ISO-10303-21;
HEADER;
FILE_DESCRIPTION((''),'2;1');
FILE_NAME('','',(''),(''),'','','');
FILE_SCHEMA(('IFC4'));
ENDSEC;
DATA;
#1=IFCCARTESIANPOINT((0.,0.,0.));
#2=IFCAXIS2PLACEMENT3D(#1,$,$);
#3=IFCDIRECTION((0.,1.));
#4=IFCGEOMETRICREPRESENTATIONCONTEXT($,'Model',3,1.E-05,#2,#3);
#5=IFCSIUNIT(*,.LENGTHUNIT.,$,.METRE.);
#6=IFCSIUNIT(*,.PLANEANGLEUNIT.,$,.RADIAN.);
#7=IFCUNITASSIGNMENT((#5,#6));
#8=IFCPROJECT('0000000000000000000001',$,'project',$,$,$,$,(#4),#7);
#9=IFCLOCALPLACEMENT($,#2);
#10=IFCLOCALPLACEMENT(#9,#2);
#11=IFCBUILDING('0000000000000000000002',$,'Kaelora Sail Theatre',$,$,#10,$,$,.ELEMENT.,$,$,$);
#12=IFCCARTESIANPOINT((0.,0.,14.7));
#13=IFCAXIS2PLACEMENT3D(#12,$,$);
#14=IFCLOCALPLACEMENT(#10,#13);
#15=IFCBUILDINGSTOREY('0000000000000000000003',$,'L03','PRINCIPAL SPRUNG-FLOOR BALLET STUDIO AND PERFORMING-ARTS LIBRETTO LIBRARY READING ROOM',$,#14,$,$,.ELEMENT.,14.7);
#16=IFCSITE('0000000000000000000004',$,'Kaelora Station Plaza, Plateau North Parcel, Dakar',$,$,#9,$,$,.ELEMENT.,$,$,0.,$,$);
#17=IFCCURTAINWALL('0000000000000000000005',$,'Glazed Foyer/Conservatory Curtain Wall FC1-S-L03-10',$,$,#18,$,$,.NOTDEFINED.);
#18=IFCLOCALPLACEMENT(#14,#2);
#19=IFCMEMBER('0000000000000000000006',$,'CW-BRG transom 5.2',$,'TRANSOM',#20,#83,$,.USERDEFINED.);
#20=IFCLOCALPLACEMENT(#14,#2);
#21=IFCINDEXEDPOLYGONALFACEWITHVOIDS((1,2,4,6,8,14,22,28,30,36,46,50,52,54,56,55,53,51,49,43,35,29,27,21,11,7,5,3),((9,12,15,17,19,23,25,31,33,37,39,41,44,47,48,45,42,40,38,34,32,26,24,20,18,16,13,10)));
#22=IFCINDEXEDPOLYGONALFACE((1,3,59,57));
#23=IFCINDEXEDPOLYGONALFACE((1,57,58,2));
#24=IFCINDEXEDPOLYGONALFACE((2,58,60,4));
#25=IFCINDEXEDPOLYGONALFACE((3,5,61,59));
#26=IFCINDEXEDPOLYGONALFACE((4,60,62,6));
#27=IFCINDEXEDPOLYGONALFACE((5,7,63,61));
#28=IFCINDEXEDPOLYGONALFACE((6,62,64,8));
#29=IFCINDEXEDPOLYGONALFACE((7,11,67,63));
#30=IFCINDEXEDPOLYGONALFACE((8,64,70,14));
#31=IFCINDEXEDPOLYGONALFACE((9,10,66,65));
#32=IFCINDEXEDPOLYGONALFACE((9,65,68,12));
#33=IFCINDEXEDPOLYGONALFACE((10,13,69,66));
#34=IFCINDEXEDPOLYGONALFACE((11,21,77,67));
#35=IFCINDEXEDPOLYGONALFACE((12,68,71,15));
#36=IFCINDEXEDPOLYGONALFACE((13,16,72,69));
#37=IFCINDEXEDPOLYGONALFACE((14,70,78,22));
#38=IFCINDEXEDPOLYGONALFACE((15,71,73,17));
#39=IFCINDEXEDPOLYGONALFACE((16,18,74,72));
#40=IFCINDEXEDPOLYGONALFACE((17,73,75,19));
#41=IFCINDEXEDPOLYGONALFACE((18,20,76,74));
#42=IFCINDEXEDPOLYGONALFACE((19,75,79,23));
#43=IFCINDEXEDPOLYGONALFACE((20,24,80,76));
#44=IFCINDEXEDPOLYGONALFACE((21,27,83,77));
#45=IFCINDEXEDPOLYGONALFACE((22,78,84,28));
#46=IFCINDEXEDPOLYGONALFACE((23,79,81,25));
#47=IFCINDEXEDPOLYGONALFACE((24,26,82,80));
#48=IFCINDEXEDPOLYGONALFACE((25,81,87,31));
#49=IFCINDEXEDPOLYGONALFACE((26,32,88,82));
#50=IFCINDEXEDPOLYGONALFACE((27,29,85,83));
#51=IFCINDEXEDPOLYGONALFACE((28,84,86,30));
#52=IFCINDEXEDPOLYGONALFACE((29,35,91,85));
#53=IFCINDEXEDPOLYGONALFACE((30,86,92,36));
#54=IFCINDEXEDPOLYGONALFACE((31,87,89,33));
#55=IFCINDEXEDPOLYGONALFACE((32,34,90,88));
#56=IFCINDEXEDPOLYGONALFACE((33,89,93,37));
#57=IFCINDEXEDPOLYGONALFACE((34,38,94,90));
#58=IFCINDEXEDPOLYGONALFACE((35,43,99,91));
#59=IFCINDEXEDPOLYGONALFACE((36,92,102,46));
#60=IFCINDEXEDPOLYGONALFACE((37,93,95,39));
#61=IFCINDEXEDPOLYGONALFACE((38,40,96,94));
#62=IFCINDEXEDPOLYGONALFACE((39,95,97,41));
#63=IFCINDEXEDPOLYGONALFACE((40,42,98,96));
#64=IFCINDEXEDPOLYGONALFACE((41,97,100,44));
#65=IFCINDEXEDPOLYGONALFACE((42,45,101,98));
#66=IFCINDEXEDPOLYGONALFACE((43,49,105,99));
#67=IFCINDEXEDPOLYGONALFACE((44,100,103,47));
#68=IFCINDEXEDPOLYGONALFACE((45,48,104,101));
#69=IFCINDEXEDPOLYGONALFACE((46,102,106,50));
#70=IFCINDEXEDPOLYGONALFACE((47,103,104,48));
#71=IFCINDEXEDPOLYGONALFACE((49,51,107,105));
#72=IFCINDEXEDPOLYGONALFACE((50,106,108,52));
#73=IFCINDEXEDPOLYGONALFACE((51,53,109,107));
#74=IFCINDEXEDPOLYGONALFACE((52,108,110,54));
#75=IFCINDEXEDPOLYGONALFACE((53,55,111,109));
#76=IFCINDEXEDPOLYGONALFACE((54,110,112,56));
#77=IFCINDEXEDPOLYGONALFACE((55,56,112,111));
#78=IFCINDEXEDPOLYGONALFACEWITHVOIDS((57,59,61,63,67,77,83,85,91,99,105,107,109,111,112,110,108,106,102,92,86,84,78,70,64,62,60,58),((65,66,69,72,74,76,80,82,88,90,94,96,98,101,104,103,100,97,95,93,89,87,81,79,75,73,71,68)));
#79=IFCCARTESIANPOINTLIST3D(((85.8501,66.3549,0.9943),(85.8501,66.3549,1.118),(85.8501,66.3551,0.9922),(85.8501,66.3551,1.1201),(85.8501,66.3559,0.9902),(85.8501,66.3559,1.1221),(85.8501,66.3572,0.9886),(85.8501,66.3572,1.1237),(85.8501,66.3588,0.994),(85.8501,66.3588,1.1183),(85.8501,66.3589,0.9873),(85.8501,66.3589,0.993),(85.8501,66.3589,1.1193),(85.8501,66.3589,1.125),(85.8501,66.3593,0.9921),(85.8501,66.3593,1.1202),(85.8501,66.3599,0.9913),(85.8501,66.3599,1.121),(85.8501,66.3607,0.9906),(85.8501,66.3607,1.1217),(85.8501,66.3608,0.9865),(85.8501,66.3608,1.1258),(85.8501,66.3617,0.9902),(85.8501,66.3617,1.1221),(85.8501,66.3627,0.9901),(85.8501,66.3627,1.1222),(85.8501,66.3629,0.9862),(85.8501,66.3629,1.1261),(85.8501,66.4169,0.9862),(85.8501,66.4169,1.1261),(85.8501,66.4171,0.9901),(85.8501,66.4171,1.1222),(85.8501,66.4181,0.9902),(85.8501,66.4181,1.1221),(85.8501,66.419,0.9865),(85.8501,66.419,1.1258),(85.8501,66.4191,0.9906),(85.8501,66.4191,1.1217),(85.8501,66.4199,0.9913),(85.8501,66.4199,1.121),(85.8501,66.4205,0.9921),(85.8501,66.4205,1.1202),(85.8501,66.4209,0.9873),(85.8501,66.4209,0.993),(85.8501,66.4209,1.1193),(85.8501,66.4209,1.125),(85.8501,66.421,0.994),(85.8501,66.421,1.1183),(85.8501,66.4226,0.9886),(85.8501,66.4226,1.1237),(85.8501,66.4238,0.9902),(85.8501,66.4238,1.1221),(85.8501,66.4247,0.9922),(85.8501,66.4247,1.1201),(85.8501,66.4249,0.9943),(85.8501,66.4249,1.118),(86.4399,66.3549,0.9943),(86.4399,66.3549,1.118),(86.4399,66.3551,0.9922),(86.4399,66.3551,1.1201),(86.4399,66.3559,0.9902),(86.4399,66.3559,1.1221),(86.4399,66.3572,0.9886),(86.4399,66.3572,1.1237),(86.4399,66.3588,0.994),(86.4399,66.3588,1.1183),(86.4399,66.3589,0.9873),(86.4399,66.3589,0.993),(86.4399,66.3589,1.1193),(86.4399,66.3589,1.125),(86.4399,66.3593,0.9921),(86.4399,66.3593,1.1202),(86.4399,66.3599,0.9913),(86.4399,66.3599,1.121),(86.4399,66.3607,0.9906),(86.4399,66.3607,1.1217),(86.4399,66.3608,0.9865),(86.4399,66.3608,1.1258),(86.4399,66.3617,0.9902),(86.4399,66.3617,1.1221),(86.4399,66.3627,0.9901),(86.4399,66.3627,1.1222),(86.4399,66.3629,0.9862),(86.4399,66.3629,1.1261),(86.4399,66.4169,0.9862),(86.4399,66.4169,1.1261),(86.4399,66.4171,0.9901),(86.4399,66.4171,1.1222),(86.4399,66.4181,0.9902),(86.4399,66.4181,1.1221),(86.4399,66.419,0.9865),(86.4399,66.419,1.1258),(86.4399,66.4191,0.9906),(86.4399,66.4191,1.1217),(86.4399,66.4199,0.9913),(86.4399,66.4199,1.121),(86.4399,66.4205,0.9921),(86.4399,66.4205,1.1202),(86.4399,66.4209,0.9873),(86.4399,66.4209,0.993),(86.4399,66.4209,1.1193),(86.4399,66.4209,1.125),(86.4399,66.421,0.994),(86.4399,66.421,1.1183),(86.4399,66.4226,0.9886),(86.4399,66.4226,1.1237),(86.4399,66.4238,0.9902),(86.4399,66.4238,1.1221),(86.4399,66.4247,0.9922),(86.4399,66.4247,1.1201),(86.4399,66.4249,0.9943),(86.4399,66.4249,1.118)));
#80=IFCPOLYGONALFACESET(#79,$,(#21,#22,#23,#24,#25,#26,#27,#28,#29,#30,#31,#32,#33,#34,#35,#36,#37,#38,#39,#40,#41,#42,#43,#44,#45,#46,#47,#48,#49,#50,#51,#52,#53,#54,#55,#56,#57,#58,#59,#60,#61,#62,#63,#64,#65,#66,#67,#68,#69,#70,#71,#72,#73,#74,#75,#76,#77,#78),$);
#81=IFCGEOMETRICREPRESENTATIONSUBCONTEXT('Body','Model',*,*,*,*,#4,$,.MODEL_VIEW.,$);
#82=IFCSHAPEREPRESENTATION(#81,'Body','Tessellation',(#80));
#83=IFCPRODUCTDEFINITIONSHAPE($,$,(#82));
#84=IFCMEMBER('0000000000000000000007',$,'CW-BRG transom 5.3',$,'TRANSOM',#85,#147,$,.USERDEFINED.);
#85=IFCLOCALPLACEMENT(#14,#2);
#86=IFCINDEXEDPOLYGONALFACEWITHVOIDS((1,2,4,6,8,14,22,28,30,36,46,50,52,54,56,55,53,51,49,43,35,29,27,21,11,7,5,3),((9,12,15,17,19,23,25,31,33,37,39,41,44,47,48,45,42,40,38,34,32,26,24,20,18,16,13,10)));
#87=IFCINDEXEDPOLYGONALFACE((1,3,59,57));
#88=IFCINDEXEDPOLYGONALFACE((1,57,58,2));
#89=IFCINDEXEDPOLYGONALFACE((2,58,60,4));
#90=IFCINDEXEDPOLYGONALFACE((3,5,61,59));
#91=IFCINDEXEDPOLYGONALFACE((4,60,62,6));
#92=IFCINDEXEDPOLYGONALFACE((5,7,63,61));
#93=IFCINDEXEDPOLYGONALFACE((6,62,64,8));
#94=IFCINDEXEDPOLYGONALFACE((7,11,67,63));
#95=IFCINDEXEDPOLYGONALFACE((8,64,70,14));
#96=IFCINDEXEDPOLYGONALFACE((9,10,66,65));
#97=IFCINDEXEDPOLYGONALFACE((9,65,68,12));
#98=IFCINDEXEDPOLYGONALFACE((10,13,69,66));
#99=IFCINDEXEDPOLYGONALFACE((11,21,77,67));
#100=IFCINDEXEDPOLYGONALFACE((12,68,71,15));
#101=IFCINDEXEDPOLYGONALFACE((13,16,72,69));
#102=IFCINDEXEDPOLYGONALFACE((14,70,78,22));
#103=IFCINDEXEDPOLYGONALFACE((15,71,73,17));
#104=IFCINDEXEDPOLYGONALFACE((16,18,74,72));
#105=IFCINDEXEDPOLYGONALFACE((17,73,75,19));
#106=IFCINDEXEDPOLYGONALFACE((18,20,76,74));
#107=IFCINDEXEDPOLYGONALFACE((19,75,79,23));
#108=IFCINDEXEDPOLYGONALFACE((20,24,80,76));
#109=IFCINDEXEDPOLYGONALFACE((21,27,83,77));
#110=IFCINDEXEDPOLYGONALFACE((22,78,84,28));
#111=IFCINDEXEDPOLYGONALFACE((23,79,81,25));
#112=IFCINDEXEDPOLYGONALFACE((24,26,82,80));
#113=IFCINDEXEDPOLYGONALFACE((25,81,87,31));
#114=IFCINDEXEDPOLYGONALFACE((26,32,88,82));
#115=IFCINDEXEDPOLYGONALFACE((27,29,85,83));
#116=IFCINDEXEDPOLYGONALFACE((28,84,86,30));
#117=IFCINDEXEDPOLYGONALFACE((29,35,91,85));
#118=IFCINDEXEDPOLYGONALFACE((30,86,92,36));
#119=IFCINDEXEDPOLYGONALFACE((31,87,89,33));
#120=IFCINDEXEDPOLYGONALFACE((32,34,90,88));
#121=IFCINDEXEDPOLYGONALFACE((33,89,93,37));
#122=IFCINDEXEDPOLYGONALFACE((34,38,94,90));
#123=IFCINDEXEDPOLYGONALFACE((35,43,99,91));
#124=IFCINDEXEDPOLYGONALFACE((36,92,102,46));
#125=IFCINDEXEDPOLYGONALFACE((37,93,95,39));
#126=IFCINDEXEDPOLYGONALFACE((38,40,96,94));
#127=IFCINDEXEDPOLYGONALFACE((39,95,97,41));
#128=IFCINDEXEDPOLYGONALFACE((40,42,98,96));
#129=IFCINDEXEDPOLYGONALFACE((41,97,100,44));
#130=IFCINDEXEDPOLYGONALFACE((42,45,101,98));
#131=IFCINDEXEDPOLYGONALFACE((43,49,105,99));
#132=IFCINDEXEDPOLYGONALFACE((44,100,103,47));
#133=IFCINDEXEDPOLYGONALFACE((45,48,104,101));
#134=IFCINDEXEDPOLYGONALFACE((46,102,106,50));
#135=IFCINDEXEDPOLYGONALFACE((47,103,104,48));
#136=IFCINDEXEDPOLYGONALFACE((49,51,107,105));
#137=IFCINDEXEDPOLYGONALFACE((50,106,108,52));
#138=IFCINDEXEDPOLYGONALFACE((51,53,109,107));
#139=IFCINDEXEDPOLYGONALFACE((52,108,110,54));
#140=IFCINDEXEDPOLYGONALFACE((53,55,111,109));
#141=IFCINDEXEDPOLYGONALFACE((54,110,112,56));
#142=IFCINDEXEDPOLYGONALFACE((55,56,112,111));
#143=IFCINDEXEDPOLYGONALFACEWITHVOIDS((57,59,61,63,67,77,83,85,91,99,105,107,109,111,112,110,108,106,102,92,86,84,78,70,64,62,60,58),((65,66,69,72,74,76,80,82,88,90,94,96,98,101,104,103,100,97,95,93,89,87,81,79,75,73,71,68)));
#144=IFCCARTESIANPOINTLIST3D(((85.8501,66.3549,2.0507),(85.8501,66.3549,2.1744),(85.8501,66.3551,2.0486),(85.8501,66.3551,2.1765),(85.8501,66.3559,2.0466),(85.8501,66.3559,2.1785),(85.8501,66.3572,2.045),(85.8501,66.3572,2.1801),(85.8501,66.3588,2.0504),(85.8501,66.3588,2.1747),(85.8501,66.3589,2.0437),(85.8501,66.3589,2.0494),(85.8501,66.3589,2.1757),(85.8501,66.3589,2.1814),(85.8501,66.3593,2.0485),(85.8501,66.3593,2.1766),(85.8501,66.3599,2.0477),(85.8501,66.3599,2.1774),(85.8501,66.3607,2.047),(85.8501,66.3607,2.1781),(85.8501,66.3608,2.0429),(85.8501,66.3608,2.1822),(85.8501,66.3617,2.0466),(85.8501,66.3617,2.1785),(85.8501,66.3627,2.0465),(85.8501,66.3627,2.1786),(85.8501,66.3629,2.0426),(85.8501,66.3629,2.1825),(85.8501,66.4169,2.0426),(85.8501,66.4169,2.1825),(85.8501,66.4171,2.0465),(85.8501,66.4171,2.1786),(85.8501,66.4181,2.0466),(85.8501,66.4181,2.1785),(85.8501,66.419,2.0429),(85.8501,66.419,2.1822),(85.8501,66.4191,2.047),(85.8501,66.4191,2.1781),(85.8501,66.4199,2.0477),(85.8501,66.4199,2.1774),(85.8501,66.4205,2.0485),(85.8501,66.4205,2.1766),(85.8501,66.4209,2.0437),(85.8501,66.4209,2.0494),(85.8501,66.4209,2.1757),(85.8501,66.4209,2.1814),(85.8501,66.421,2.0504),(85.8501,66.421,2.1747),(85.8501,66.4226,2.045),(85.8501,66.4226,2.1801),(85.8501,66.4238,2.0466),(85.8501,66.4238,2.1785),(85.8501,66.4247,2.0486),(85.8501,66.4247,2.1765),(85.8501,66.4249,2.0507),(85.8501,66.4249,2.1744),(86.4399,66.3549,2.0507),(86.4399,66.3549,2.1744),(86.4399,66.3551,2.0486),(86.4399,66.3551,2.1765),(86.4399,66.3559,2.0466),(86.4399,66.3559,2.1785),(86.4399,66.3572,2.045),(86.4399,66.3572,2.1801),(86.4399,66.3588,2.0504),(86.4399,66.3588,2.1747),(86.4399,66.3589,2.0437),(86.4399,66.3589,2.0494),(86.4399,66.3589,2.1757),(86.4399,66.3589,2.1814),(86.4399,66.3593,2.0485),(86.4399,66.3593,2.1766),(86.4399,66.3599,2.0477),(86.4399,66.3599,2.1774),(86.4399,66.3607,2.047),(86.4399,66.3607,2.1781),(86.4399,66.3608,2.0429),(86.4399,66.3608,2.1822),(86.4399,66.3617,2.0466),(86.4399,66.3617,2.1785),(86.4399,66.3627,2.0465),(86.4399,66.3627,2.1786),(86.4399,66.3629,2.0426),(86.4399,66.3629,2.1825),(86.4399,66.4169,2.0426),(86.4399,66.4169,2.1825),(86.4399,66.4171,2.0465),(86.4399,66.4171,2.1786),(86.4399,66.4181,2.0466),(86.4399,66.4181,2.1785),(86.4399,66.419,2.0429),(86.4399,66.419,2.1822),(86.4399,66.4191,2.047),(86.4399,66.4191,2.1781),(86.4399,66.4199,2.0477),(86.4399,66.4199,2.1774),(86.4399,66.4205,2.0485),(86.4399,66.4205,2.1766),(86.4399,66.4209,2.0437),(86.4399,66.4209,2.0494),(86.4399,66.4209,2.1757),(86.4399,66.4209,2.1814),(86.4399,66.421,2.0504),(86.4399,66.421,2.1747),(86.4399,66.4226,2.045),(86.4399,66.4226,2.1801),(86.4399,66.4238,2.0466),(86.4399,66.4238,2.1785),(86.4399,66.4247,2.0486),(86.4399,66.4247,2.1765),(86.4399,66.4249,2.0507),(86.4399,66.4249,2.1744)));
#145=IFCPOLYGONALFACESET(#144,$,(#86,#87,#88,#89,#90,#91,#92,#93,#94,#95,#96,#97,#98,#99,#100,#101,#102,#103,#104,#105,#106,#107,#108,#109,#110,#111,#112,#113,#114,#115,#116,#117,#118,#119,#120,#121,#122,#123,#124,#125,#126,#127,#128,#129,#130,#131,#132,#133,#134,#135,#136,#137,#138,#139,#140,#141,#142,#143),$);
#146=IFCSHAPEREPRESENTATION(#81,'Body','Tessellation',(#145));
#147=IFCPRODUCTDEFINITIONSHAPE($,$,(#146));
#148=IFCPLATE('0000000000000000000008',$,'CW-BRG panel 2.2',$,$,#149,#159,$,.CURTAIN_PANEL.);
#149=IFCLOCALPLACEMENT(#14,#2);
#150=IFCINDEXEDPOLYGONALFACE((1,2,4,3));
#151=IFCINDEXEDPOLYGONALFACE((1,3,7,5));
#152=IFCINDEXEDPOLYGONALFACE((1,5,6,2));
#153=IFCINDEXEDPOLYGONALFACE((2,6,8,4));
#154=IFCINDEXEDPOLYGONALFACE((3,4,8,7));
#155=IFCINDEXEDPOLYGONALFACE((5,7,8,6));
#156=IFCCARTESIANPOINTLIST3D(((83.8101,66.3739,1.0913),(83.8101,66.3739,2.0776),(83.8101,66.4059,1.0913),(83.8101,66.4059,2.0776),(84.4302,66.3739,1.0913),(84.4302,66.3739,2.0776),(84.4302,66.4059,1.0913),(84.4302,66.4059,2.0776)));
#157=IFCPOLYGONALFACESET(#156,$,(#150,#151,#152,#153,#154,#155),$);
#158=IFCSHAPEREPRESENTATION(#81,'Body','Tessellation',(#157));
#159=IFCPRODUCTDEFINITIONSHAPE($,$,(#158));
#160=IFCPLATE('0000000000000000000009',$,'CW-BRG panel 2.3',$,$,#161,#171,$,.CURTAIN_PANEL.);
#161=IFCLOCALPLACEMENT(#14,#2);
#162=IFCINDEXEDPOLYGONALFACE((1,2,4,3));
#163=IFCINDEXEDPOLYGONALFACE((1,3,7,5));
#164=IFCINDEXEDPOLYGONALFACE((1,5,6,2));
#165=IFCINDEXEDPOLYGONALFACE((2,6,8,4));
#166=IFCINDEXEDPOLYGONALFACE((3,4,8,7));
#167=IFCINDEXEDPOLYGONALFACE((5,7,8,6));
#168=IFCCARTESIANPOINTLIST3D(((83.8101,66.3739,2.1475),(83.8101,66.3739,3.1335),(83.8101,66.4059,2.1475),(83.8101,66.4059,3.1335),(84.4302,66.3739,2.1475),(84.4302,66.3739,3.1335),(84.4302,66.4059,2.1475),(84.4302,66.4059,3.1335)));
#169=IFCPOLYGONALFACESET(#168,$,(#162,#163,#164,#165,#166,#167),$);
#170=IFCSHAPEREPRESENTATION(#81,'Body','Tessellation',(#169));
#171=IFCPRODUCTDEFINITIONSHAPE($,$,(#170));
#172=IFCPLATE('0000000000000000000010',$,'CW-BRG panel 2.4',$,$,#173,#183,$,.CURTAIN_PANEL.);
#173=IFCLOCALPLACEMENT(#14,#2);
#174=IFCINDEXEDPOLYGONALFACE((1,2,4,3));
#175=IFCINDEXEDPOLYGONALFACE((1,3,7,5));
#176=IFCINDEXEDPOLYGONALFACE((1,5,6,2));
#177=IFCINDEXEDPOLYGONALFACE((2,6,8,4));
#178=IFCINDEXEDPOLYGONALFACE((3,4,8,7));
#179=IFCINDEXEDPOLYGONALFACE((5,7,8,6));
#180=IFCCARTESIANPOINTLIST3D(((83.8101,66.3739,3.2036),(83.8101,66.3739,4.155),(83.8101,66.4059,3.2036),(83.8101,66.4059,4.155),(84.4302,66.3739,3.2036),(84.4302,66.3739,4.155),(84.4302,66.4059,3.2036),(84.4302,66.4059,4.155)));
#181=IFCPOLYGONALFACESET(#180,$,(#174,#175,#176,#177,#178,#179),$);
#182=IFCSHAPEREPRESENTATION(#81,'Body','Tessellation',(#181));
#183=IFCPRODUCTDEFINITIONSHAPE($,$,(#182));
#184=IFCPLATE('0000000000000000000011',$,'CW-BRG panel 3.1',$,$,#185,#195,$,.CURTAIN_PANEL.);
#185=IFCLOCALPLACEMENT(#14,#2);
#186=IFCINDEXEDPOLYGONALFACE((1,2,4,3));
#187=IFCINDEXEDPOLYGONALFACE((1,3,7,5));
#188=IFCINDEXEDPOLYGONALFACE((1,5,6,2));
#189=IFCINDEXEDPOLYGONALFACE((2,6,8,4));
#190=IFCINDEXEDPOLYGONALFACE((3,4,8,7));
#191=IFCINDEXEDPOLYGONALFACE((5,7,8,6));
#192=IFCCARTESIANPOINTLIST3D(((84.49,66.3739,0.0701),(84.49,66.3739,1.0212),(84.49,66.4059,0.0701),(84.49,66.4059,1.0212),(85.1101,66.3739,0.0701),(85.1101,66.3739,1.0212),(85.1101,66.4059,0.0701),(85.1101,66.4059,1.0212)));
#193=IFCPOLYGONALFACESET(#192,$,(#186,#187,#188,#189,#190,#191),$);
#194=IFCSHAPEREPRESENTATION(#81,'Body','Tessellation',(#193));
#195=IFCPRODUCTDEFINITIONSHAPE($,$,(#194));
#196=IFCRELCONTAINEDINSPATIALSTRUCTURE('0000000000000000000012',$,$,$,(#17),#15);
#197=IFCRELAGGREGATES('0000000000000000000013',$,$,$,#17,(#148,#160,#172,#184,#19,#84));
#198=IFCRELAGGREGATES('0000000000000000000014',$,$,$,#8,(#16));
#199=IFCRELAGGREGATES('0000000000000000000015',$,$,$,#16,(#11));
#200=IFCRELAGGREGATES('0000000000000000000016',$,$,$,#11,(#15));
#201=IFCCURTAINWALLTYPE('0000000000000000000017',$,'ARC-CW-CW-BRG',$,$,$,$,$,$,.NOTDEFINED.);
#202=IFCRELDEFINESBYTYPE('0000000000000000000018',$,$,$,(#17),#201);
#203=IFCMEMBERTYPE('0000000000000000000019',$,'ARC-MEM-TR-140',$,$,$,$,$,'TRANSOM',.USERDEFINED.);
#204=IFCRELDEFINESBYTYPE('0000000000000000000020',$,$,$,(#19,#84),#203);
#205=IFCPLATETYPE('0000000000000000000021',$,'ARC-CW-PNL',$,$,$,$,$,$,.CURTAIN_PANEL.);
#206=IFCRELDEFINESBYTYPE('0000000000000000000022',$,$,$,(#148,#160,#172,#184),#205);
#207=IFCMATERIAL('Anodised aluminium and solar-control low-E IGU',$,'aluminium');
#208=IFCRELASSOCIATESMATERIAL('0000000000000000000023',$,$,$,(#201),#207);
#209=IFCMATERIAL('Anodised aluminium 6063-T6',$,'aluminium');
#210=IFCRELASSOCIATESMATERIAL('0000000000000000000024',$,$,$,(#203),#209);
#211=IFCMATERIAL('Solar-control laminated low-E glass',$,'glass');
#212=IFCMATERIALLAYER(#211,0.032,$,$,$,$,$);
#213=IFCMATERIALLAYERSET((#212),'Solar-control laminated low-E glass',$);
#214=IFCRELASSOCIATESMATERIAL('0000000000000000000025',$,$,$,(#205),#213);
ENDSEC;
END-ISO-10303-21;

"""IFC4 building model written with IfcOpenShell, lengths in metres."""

from ifc_helpers import new_model, si_unit, direction, frame, origin, origin_2d, place, context, subcontext, project, spatial, rectangle, hollow_rectangle, extrude, material, layer, layer_set, material_profile, profile_set, type_object, element, aggregate, save


model = new_model("IFC4")

# Units and contexts
model_context = context("Model", 3, precision=1e-05, world=origin(), true_north=direction((0.0, 1.0)))
body_context = subcontext(model_context, "Body", "Model", "MODEL_VIEW")
ifc_project = project(units=[si_unit("LENGTHUNIT", "METRE"), si_unit("PLANEANGLEUNIT", "RADIAN")], contexts=[model_context])

# Site, building, storey
site_placement = place(None, origin())
site = spatial("IfcSite", under=ifc_project, at=site_placement, Name="Kaelora Station Plaza, Plateau North Parcel, Dakar", CompositionType="ELEMENT", RefElevation=0.0)
building_placement = place(site_placement, origin())
building = spatial("IfcBuilding", under=site, at=building_placement, Name="Kaelora Sail Theatre", CompositionType="ELEMENT")
storey_placement = place(building_placement, frame((0.0, 0.0, 14.7)))
storey = spatial("IfcBuildingStorey", under=building, at=storey_placement, Name="L03", Description="PRINCIPAL SPRUNG-FLOOR BALLET STUDIO AND PERFORMING-ARTS LIBRETTO LIBRARY READING ROOM", CompositionType="ELEMENT", Elevation=14.7)

# Curtain wall, members, plates
ifc_material_1 = material(Name="Anodised aluminium and solar-control low-E IGU", Category="aluminium")
curtain_wall_type = type_object("IfcCurtainWallType", Name="ARC-CW-CW-BRG", PredefinedType="NOTDEFINED", material=ifc_material_1)
curtain_wall_placement = place(storey_placement, origin())
curtain_wall = element("IfcCurtainWall", 1, at=curtain_wall_placement, inside=storey, type_object=curtain_wall_type, Name="Glazed Foyer/Conservatory Curtain Wall FC1-S-L03-10", PredefinedType="NOTDEFINED")
ifc_material_2 = material(Name="Anodised aluminium 6063-T6", Category="aluminium")
ifc_material_profile_1 = material_profile(ifc_material_2, hollow_rectangle(XDim=0.0701, YDim=0.1399, WallThickness=0.0039, InnerFilletRadius=0.0039, OuterFilletRadius=0.0081, at=origin_2d()), Name="ALU-TRAN 70x140x4")
ifc_profile_set_1 = profile_set([ifc_material_profile_1], Name="Anodised aluminium 6063-T6")
member_type_1 = type_object("IfcMemberType", Name="ARC-MEM-TR-140", ElementType="TRANSOM", PredefinedType="USERDEFINED", material=ifc_profile_set_1)
member_1_placement = place(storey_placement, frame((85.8501, 66.3899, 1.0562), z_axis=(1.0, 0.0, 0.0), x_axis=(0.0, 1.0, 0.0)))
member_1 = element("IfcMember", 2, at=member_1_placement, type_object=member_type_1, Name="CW-BRG transom 5.2", ObjectType="TRANSOM", PredefinedType="USERDEFINED", context=body_context, shape_type="SweptSolid", body=[
    extrude(hollow_rectangle(XDim=0.0701, YDim=0.1399, WallThickness=0.0039, InnerFilletRadius=0.0039, OuterFilletRadius=0.0081, at=origin_2d()), origin(), (0.0, 0.0, 1.0), 0.5898),
])
member_2_placement = place(storey_placement, frame((85.8501, 66.3899, 2.1125), z_axis=(1.0, 0.0, 0.0), x_axis=(0.0, 1.0, 0.0)))
member_2 = element("IfcMember", 3, at=member_2_placement, type_object=member_type_1, Name="CW-BRG transom 5.3", ObjectType="TRANSOM", PredefinedType="USERDEFINED", context=body_context, shape_type="SweptSolid", body=[
    extrude(hollow_rectangle(XDim=0.0701, YDim=0.1399, WallThickness=0.0039, InnerFilletRadius=0.0039, OuterFilletRadius=0.0081, at=origin_2d()), origin(), (0.0, 0.0, 1.0), 0.5898),
])
ifc_material_3 = material(Name="Solar-control laminated low-E glass", Category="glass")
ifc_layer = layer(ifc_material_3, 0.032)
ifc_layer_set = layer_set([ifc_layer], Name="Solar-control laminated low-E glass")
plate_type = type_object("IfcPlateType", Name="ARC-CW-PNL", PredefinedType="CURTAIN_PANEL", material=ifc_layer_set)
plate_1_placement = place(storey_placement, frame((84.1201, 66.3899, 1.0913), z_axis=(0.0, 0.0, 1.0), x_axis=(1.0, 0.0, 0.0)))
plate_1 = element("IfcPlate", 4, at=plate_1_placement, type_object=plate_type, Name="CW-BRG panel 2.2", PredefinedType="CURTAIN_PANEL", context=body_context, shape_type="SweptSolid", body=[
    extrude(rectangle(XDim=0.6201, YDim=0.032, at=origin_2d()), origin(), (0.0, 0.0, 1.0), 0.9863),
])
plate_2_placement = place(storey_placement, frame((84.1201, 66.3899, 2.1475), z_axis=(0.0, 0.0, 1.0), x_axis=(1.0, 0.0, 0.0)))
plate_2 = element("IfcPlate", 5, at=plate_2_placement, type_object=plate_type, Name="CW-BRG panel 2.3", PredefinedType="CURTAIN_PANEL", context=body_context, shape_type="SweptSolid", body=[
    extrude(rectangle(XDim=0.6201, YDim=0.032, at=origin_2d()), origin(), (0.0, 0.0, 1.0), 0.9861),
])
plate_3_placement = place(storey_placement, frame((84.1201, 66.3899, 3.2036), z_axis=(0.0, 0.0, 1.0), x_axis=(1.0, 0.0, 0.0)))
plate_3 = element("IfcPlate", 6, at=plate_3_placement, type_object=plate_type, Name="CW-BRG panel 2.4", PredefinedType="CURTAIN_PANEL", context=body_context, shape_type="SweptSolid", body=[
    extrude(rectangle(XDim=0.6201, YDim=0.032, at=origin_2d()), origin(), (0.0, 0.0, 1.0), 0.9514),
])
plate_4_placement = place(storey_placement, frame((84.8, 66.3899, 0.0701), z_axis=(0.0, 0.0, 1.0), x_axis=(1.0, 0.0, 0.0)))
plate_4 = element("IfcPlate", 7, at=plate_4_placement, type_object=plate_type, Name="CW-BRG panel 3.1", PredefinedType="CURTAIN_PANEL", context=body_context, shape_type="SweptSolid", body=[
    extrude(rectangle(XDim=0.6201, YDim=0.032, at=origin_2d()), origin(), (0.0, 0.0, 1.0), 0.9512),
])
aggregate(curtain_wall, [plate_1, plate_2, plate_3, plate_4, member_1, member_2])

save(model, "model.ifc")
